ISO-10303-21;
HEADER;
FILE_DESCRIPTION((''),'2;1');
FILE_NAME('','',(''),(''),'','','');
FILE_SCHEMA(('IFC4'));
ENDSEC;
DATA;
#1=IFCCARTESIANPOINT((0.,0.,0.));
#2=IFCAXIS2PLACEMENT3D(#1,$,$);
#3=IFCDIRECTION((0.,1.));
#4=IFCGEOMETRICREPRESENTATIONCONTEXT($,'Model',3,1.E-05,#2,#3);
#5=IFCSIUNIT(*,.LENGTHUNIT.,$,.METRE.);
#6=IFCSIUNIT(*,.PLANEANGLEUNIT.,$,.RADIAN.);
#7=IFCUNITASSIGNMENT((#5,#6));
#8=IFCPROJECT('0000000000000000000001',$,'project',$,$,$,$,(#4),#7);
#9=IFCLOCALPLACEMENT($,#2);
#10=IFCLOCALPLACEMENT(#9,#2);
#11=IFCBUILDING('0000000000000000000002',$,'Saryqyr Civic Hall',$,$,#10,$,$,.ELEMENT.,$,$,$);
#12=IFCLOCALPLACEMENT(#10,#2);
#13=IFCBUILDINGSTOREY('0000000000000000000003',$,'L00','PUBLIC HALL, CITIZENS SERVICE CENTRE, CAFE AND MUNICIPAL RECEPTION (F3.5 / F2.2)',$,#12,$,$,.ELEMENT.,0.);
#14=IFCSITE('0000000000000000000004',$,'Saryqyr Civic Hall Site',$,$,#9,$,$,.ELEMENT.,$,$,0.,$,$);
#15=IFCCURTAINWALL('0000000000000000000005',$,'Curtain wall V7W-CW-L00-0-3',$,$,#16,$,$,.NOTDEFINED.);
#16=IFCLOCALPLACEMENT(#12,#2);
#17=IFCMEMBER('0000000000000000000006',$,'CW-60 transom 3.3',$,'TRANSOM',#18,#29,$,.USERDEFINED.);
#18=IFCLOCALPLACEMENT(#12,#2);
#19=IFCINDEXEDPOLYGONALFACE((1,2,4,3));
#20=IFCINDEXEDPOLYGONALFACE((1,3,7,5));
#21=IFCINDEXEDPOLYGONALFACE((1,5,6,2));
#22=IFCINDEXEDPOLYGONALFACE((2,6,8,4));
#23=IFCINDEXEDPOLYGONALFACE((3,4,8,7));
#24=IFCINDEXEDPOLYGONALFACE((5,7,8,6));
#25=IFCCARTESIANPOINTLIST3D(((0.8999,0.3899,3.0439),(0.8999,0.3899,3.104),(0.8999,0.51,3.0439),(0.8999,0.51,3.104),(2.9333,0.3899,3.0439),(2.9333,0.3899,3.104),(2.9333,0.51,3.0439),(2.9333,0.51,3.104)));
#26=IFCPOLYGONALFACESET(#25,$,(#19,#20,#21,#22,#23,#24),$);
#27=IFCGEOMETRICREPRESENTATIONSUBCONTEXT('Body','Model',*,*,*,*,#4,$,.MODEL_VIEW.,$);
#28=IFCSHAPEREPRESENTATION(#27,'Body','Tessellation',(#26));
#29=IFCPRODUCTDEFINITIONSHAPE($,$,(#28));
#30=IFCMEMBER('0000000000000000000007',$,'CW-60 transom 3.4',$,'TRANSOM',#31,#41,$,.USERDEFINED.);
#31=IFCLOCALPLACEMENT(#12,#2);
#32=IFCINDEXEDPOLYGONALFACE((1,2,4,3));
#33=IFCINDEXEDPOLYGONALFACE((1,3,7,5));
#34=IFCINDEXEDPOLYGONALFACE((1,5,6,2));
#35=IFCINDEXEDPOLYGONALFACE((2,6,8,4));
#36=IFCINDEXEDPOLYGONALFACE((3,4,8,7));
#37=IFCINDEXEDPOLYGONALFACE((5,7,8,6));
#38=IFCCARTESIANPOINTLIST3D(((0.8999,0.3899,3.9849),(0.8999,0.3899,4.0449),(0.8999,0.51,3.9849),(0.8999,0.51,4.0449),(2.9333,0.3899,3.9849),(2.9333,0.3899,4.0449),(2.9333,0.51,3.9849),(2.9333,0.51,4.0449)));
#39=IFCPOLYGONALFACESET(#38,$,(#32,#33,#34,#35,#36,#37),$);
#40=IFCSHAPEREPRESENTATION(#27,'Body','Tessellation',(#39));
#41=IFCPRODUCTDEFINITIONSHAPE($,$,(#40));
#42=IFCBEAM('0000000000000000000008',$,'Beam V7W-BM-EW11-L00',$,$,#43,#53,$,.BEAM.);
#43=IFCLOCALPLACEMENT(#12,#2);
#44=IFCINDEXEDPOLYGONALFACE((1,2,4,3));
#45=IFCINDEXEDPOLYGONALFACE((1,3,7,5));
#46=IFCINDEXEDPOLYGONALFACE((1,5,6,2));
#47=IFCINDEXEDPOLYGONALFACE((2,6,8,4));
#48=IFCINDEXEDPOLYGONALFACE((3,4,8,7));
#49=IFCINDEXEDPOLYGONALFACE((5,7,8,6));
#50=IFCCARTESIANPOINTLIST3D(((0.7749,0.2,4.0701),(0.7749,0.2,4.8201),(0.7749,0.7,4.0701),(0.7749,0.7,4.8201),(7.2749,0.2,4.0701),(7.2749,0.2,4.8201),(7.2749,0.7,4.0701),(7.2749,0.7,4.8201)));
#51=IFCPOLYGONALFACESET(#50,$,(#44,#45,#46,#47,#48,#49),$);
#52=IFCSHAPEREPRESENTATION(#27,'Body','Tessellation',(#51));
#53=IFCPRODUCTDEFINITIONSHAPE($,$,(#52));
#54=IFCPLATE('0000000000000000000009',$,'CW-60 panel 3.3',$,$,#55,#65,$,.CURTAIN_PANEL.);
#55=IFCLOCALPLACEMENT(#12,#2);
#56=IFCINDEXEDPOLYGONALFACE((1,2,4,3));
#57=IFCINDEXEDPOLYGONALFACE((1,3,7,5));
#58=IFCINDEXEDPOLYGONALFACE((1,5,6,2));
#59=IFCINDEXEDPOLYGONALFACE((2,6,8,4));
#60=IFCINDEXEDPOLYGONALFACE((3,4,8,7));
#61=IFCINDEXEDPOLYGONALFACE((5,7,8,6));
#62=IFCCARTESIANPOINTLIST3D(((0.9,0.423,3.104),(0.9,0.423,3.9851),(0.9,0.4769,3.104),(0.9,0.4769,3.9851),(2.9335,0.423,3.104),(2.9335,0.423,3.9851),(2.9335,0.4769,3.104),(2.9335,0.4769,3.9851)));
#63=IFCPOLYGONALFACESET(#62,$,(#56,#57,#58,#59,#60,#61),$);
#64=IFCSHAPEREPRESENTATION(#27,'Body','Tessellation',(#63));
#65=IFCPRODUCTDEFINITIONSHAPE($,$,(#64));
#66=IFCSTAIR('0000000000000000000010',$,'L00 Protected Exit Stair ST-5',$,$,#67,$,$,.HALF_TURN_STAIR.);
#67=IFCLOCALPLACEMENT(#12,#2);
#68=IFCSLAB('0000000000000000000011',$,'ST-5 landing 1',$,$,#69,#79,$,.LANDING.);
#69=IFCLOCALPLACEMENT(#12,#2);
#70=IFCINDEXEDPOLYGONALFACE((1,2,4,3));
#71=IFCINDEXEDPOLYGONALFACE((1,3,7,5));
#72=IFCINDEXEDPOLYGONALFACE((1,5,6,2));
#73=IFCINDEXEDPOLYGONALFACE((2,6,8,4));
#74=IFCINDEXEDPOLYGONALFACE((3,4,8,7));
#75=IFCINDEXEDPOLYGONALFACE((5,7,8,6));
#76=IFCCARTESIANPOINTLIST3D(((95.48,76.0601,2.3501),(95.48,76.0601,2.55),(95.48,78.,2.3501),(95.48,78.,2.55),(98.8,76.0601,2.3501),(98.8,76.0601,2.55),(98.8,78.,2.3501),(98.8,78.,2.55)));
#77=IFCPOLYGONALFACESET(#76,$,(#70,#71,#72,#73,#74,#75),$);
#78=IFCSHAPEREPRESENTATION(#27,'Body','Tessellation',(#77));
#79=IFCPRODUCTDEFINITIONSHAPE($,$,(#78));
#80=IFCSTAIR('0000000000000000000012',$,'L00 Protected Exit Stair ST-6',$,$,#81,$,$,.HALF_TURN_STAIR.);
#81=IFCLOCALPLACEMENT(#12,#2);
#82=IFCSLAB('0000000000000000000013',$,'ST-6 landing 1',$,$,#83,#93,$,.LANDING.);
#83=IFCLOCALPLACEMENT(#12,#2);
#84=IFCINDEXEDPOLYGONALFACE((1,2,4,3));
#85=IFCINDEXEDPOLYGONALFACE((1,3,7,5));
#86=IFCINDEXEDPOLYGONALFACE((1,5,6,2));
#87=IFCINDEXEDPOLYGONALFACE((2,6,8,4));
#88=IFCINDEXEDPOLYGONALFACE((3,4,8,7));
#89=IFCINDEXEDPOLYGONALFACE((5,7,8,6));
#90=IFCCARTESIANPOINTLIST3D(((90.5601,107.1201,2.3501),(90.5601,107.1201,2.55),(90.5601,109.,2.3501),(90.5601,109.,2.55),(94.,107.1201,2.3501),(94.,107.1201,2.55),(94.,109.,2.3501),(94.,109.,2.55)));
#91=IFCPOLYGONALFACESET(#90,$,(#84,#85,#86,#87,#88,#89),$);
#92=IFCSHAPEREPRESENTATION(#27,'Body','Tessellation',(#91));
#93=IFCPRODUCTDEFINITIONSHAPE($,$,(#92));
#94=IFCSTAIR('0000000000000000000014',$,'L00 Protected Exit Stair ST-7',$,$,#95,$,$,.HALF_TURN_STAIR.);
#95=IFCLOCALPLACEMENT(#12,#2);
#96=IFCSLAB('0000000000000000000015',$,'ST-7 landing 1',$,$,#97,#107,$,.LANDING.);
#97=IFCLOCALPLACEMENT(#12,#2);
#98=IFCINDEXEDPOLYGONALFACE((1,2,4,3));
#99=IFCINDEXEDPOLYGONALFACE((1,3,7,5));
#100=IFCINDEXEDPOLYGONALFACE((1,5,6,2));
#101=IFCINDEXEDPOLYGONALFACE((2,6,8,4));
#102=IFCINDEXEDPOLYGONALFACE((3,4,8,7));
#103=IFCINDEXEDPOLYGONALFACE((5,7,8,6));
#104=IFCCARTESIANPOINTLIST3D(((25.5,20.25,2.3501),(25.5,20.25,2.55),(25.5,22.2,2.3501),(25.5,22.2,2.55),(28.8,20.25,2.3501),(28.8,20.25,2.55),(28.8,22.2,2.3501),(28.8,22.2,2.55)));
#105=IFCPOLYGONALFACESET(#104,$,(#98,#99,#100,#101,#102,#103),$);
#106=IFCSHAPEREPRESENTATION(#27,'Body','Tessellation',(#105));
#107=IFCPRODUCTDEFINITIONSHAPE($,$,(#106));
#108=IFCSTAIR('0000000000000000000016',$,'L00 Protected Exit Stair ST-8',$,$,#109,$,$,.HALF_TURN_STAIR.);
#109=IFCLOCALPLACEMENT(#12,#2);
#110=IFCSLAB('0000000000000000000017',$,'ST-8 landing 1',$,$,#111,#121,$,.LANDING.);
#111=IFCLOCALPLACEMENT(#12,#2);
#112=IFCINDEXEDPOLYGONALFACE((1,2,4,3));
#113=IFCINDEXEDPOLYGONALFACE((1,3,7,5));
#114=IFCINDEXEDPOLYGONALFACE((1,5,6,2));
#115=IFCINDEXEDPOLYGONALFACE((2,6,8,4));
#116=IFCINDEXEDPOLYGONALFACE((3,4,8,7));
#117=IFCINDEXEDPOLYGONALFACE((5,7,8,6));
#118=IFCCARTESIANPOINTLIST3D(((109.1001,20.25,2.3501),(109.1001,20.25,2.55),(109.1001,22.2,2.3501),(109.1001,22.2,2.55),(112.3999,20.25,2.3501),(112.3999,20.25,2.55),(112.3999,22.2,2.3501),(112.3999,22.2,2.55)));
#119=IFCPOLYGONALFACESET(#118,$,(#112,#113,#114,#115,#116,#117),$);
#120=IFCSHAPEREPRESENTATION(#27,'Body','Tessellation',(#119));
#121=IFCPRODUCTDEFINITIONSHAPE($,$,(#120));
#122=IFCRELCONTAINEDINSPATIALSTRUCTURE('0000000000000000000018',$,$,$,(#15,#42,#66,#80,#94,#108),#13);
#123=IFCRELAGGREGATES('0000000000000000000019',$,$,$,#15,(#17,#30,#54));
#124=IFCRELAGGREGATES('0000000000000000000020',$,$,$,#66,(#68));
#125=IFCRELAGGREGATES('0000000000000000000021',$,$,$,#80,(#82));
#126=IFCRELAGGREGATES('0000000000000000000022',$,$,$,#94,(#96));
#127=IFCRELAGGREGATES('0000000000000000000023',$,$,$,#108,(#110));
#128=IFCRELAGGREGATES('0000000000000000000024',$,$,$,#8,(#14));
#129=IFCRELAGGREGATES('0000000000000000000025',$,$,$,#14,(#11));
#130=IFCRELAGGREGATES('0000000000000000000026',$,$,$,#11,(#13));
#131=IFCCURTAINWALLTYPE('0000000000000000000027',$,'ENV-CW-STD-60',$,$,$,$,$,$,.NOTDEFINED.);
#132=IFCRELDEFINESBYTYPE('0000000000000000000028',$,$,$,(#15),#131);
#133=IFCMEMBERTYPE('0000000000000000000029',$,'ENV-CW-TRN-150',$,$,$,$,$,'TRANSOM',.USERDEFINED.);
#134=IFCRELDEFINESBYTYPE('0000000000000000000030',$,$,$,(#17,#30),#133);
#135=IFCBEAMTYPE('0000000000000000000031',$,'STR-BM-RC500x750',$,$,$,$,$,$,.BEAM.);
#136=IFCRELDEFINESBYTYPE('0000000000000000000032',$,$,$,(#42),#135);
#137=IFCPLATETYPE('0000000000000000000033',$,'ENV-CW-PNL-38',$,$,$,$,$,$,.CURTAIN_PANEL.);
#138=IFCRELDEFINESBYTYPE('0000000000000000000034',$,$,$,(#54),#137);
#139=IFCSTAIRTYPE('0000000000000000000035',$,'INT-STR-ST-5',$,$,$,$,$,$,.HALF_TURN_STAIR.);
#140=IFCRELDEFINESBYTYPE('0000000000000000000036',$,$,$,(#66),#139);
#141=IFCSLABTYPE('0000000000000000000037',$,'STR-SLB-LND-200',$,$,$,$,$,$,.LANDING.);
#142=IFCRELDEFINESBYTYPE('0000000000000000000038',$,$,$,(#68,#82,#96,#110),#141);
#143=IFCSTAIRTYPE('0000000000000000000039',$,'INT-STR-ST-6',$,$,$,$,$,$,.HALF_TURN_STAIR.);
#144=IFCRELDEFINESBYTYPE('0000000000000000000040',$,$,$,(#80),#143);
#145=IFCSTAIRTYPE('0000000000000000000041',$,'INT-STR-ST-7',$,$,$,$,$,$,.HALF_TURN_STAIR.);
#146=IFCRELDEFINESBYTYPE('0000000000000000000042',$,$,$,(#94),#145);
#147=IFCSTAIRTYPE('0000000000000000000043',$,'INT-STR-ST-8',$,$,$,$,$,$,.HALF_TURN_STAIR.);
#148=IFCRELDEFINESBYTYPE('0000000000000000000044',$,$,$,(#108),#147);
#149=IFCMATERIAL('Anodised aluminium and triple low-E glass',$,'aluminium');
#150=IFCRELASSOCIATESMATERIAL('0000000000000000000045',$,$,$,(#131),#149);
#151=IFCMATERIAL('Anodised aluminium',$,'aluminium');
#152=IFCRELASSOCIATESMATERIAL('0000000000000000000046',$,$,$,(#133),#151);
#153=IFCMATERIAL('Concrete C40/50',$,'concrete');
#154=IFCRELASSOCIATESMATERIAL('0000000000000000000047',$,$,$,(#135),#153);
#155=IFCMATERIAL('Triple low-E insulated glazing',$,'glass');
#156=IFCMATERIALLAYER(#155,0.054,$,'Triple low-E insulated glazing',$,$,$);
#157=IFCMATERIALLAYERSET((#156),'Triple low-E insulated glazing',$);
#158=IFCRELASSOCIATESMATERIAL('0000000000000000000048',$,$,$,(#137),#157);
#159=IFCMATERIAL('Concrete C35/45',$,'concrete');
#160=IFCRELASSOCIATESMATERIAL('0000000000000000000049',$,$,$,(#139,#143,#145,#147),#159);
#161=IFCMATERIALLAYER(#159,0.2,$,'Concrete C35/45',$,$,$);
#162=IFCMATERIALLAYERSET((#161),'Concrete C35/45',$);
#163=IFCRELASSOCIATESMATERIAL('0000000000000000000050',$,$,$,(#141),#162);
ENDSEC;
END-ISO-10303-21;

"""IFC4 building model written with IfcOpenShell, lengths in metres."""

from ifc_helpers import new_model, si_unit, direction, frame, origin, origin_2d, place, context, subcontext, project, spatial, polyline, rectangle, outline, extrude, material, layer, layer_set, material_profile, profile_set, type_object, element, aggregate, save


model = new_model("IFC4")

# Units and contexts
model_context = context("Model", 3, precision=1e-05, world=origin(), true_north=direction((0.0, 1.0)))
body_context = subcontext(model_context, "Body", "Model", "MODEL_VIEW")
ifc_project = project(units=[si_unit("LENGTHUNIT", "METRE"), si_unit("PLANEANGLEUNIT", "RADIAN")], contexts=[model_context])

# Site, building, storey
site_placement = place(None, origin())
site = spatial("IfcSite", under=ifc_project, at=site_placement, Name="Saryqyr Civic Hall Site", CompositionType="ELEMENT", RefElevation=0.0)
building_placement = place(site_placement, origin())
building = spatial("IfcBuilding", under=site, at=building_placement, Name="Saryqyr Civic Hall", CompositionType="ELEMENT")
storey_placement = place(building_placement, origin())
storey = spatial("IfcBuildingStorey", under=building, at=storey_placement, Name="L00", Description="PUBLIC HALL, CITIZENS SERVICE CENTRE, CAFE AND MUNICIPAL RECEPTION (F3.5 / F2.2)", CompositionType="ELEMENT", Elevation=0.0)

# Curtain wall, members
ifc_material_1 = material(Name="Anodised aluminium and triple low-E glass", Category="aluminium")
curtain_wall_type = type_object("IfcCurtainWallType", Name="ENV-CW-STD-60", PredefinedType="NOTDEFINED", material=ifc_material_1)
curtain_wall_placement = place(storey_placement, origin())
curtain_wall = element("IfcCurtainWall", 1, at=curtain_wall_placement, inside=storey, type_object=curtain_wall_type, Name="Curtain wall V7W-CW-L00-0-3", PredefinedType="NOTDEFINED")
ifc_material_2 = material(Name="Anodised aluminium", Category="aluminium")
ifc_material_profile_1 = material_profile(ifc_material_2, rectangle(XDim=0.1201, YDim=0.0601, at=origin_2d()), Name="ALU TRANSOM 120x60")
ifc_profile_set_1 = profile_set([ifc_material_profile_1], Name="Anodised aluminium")
member_type = type_object("IfcMemberType", Name="ENV-CW-TRN-150", ElementType="TRANSOM", PredefinedType="USERDEFINED", material=ifc_profile_set_1)
member_1_placement = place(storey_placement, frame((2.9333, 0.45, 3.074), z_axis=(-1.0, 0.0, 0.0), x_axis=(0.0, -1.0, 0.0)))
member_1 = element("IfcMember", 2, at=member_1_placement, type_object=member_type, Name="CW-60 transom 3.3", ObjectType="TRANSOM", PredefinedType="USERDEFINED", context=body_context, shape_type="SweptSolid", body=[
    extrude(rectangle(XDim=0.1201, YDim=0.0601, at=origin_2d()), origin(), (0.0, 0.0, 1.0), 2.0334),
])
member_2_placement = place(storey_placement, frame((2.9333, 0.45, 4.0149), z_axis=(-1.0, 0.0, 0.0), x_axis=(0.0, -1.0, 0.0)))
member_2 = element("IfcMember", 3, at=member_2_placement, type_object=member_type, Name="CW-60 transom 3.4", ObjectType="TRANSOM", PredefinedType="USERDEFINED", context=body_context, shape_type="SweptSolid", body=[
    extrude(rectangle(XDim=0.1201, YDim=0.0601, at=origin_2d()), origin(), (0.0, 0.0, 1.0), 2.0334),
])

# Beam
ifc_material_3 = material(Name="Concrete C40/50", Category="concrete")
ifc_material_profile_2 = material_profile(ifc_material_3, rectangle(XDim=0.5, YDim=0.75, at=origin_2d()), Name="RC 500x750")
ifc_profile_set_2 = profile_set([ifc_material_profile_2], Name="Concrete C40/50")
beam_type = type_object("IfcBeamType", Name="STR-BM-RC500x750", PredefinedType="BEAM", material=ifc_profile_set_2)
beam_placement = place(storey_placement, frame((0.7749, 0.45, 4.4451), z_axis=(1.0, 0.0, 0.0), x_axis=(0.0, 1.0, 0.0)))
element("IfcBeam", 4, at=beam_placement, inside=storey, type_object=beam_type, Name="Beam V7W-BM-EW11-L00", PredefinedType="BEAM", context=body_context, shape_type="SweptSolid", body=[
    extrude(rectangle(XDim=0.5, YDim=0.75, at=origin_2d()), origin(), (0.0, 0.0, 1.0), 6.5),
])

# Plate
ifc_material_4 = material(Name="Triple low-E insulated glazing", Category="glass")
ifc_layer_1 = layer(ifc_material_4, 0.054, Name="Triple low-E insulated glazing")
ifc_layer_set_1 = layer_set([ifc_layer_1], Name="Triple low-E insulated glazing")
plate_type = type_object("IfcPlateType", Name="ENV-CW-PNL-38", PredefinedType="CURTAIN_PANEL", material=ifc_layer_set_1)
plate_placement = place(storey_placement, frame((1.9167, 0.45, 3.104), z_axis=(0.0, 0.0, 1.0), x_axis=(-1.0, 0.0, 0.0)))
plate = element("IfcPlate", 5, at=plate_placement, type_object=plate_type, Name="CW-60 panel 3.3", PredefinedType="CURTAIN_PANEL", context=body_context, shape_type="SweptSolid", body=[
    extrude(rectangle(XDim=2.0334, YDim=0.054, at=origin_2d()), origin(), (0.0, 0.0, 1.0), 0.8811),
])
aggregate(curtain_wall, [member_1, member_2, plate])

# Stairs, slabs
ifc_material_5 = material(Name="Concrete C35/45", Category="concrete")
stair_type_1 = type_object("IfcStairType", Name="INT-STR-ST-5", PredefinedType="HALF_TURN_STAIR", material=ifc_material_5)
stair_1_placement = place(storey_placement, origin())
stair_1 = element("IfcStair", 6, at=stair_1_placement, inside=storey, type_object=stair_type_1, Name="L00 Protected Exit Stair ST-5", PredefinedType="HALF_TURN_STAIR")
ifc_layer_2 = layer(ifc_material_5, 0.2, Name="Concrete C35/45")
ifc_layer_set_2 = layer_set([ifc_layer_2], Name="Concrete C35/45")
slab_type = type_object("IfcSlabType", Name="STR-SLB-LND-200", PredefinedType="LANDING", material=ifc_layer_set_2)
slab_1_placement = place(storey_placement, frame((0.0, 0.0, 2.3501)))
slab_1 = element("IfcSlab", 7, at=slab_1_placement, type_object=slab_type, Name="ST-5 landing 1", PredefinedType="LANDING", context=body_context, shape_type="SweptSolid", body=[
    extrude(outline(polyline([(98.8, 76.0601), (98.8, 78.0), (95.48, 78.0), (95.48, 76.0601), (98.8, 76.0601)])), origin(), (0.0, 0.0, 1.0), 0.2),
])
aggregate(stair_1, [slab_1])
stair_type_2 = type_object("IfcStairType", Name="INT-STR-ST-6", PredefinedType="HALF_TURN_STAIR", material=ifc_material_5)
stair_2_placement = place(storey_placement, origin())
stair_2 = element("IfcStair", 8, at=stair_2_placement, inside=storey, type_object=stair_type_2, Name="L00 Protected Exit Stair ST-6", PredefinedType="HALF_TURN_STAIR")
slab_2_placement = place(storey_placement, frame((0.0, 0.0, 2.3501)))
slab_2 = element("IfcSlab", 9, at=slab_2_placement, type_object=slab_type, Name="ST-6 landing 1", PredefinedType="LANDING", context=body_context, shape_type="SweptSolid", body=[
    extrude(outline(polyline([(94.0, 107.1201), (94.0, 109.0), (90.5601, 109.0), (90.5601, 107.1201), (94.0, 107.1201)])), origin(), (0.0, 0.0, 1.0), 0.2),
])
aggregate(stair_2, [slab_2])
stair_type_3 = type_object("IfcStairType", Name="INT-STR-ST-7", PredefinedType="HALF_TURN_STAIR", material=ifc_material_5)
stair_3_placement = place(storey_placement, origin())
stair_3 = element("IfcStair", 10, at=stair_3_placement, inside=storey, type_object=stair_type_3, Name="L00 Protected Exit Stair ST-7", PredefinedType="HALF_TURN_STAIR")
slab_3_placement = place(storey_placement, frame((0.0, 0.0, 2.3501)))
slab_3 = element("IfcSlab", 11, at=slab_3_placement, type_object=slab_type, Name="ST-7 landing 1", PredefinedType="LANDING", context=body_context, shape_type="SweptSolid", body=[
    extrude(outline(polyline([(28.8, 20.25), (28.8, 22.2), (25.5, 22.2), (25.5, 20.25), (28.8, 20.25)])), origin(), (0.0, 0.0, 1.0), 0.2),
])
aggregate(stair_3, [slab_3])
stair_type_4 = type_object("IfcStairType", Name="INT-STR-ST-8", PredefinedType="HALF_TURN_STAIR", material=ifc_material_5)
stair_4_placement = place(storey_placement, origin())
stair_4 = element("IfcStair", 12, at=stair_4_placement, inside=storey, type_object=stair_type_4, Name="L00 Protected Exit Stair ST-8", PredefinedType="HALF_TURN_STAIR")
slab_4_placement = place(storey_placement, frame((0.0, 0.0, 2.3501)))
slab_4 = element("IfcSlab", 13, at=slab_4_placement, type_object=slab_type, Name="ST-8 landing 1", PredefinedType="LANDING", context=body_context, shape_type="SweptSolid", body=[
    extrude(outline(polyline([(112.3999, 20.25), (112.3999, 22.2), (109.1001, 22.2), (109.1001, 20.25), (112.3999, 20.25)])), origin(), (0.0, 0.0, 1.0), 0.2),
])
aggregate(stair_4, [slab_4])

save(model, "model.ifc")
